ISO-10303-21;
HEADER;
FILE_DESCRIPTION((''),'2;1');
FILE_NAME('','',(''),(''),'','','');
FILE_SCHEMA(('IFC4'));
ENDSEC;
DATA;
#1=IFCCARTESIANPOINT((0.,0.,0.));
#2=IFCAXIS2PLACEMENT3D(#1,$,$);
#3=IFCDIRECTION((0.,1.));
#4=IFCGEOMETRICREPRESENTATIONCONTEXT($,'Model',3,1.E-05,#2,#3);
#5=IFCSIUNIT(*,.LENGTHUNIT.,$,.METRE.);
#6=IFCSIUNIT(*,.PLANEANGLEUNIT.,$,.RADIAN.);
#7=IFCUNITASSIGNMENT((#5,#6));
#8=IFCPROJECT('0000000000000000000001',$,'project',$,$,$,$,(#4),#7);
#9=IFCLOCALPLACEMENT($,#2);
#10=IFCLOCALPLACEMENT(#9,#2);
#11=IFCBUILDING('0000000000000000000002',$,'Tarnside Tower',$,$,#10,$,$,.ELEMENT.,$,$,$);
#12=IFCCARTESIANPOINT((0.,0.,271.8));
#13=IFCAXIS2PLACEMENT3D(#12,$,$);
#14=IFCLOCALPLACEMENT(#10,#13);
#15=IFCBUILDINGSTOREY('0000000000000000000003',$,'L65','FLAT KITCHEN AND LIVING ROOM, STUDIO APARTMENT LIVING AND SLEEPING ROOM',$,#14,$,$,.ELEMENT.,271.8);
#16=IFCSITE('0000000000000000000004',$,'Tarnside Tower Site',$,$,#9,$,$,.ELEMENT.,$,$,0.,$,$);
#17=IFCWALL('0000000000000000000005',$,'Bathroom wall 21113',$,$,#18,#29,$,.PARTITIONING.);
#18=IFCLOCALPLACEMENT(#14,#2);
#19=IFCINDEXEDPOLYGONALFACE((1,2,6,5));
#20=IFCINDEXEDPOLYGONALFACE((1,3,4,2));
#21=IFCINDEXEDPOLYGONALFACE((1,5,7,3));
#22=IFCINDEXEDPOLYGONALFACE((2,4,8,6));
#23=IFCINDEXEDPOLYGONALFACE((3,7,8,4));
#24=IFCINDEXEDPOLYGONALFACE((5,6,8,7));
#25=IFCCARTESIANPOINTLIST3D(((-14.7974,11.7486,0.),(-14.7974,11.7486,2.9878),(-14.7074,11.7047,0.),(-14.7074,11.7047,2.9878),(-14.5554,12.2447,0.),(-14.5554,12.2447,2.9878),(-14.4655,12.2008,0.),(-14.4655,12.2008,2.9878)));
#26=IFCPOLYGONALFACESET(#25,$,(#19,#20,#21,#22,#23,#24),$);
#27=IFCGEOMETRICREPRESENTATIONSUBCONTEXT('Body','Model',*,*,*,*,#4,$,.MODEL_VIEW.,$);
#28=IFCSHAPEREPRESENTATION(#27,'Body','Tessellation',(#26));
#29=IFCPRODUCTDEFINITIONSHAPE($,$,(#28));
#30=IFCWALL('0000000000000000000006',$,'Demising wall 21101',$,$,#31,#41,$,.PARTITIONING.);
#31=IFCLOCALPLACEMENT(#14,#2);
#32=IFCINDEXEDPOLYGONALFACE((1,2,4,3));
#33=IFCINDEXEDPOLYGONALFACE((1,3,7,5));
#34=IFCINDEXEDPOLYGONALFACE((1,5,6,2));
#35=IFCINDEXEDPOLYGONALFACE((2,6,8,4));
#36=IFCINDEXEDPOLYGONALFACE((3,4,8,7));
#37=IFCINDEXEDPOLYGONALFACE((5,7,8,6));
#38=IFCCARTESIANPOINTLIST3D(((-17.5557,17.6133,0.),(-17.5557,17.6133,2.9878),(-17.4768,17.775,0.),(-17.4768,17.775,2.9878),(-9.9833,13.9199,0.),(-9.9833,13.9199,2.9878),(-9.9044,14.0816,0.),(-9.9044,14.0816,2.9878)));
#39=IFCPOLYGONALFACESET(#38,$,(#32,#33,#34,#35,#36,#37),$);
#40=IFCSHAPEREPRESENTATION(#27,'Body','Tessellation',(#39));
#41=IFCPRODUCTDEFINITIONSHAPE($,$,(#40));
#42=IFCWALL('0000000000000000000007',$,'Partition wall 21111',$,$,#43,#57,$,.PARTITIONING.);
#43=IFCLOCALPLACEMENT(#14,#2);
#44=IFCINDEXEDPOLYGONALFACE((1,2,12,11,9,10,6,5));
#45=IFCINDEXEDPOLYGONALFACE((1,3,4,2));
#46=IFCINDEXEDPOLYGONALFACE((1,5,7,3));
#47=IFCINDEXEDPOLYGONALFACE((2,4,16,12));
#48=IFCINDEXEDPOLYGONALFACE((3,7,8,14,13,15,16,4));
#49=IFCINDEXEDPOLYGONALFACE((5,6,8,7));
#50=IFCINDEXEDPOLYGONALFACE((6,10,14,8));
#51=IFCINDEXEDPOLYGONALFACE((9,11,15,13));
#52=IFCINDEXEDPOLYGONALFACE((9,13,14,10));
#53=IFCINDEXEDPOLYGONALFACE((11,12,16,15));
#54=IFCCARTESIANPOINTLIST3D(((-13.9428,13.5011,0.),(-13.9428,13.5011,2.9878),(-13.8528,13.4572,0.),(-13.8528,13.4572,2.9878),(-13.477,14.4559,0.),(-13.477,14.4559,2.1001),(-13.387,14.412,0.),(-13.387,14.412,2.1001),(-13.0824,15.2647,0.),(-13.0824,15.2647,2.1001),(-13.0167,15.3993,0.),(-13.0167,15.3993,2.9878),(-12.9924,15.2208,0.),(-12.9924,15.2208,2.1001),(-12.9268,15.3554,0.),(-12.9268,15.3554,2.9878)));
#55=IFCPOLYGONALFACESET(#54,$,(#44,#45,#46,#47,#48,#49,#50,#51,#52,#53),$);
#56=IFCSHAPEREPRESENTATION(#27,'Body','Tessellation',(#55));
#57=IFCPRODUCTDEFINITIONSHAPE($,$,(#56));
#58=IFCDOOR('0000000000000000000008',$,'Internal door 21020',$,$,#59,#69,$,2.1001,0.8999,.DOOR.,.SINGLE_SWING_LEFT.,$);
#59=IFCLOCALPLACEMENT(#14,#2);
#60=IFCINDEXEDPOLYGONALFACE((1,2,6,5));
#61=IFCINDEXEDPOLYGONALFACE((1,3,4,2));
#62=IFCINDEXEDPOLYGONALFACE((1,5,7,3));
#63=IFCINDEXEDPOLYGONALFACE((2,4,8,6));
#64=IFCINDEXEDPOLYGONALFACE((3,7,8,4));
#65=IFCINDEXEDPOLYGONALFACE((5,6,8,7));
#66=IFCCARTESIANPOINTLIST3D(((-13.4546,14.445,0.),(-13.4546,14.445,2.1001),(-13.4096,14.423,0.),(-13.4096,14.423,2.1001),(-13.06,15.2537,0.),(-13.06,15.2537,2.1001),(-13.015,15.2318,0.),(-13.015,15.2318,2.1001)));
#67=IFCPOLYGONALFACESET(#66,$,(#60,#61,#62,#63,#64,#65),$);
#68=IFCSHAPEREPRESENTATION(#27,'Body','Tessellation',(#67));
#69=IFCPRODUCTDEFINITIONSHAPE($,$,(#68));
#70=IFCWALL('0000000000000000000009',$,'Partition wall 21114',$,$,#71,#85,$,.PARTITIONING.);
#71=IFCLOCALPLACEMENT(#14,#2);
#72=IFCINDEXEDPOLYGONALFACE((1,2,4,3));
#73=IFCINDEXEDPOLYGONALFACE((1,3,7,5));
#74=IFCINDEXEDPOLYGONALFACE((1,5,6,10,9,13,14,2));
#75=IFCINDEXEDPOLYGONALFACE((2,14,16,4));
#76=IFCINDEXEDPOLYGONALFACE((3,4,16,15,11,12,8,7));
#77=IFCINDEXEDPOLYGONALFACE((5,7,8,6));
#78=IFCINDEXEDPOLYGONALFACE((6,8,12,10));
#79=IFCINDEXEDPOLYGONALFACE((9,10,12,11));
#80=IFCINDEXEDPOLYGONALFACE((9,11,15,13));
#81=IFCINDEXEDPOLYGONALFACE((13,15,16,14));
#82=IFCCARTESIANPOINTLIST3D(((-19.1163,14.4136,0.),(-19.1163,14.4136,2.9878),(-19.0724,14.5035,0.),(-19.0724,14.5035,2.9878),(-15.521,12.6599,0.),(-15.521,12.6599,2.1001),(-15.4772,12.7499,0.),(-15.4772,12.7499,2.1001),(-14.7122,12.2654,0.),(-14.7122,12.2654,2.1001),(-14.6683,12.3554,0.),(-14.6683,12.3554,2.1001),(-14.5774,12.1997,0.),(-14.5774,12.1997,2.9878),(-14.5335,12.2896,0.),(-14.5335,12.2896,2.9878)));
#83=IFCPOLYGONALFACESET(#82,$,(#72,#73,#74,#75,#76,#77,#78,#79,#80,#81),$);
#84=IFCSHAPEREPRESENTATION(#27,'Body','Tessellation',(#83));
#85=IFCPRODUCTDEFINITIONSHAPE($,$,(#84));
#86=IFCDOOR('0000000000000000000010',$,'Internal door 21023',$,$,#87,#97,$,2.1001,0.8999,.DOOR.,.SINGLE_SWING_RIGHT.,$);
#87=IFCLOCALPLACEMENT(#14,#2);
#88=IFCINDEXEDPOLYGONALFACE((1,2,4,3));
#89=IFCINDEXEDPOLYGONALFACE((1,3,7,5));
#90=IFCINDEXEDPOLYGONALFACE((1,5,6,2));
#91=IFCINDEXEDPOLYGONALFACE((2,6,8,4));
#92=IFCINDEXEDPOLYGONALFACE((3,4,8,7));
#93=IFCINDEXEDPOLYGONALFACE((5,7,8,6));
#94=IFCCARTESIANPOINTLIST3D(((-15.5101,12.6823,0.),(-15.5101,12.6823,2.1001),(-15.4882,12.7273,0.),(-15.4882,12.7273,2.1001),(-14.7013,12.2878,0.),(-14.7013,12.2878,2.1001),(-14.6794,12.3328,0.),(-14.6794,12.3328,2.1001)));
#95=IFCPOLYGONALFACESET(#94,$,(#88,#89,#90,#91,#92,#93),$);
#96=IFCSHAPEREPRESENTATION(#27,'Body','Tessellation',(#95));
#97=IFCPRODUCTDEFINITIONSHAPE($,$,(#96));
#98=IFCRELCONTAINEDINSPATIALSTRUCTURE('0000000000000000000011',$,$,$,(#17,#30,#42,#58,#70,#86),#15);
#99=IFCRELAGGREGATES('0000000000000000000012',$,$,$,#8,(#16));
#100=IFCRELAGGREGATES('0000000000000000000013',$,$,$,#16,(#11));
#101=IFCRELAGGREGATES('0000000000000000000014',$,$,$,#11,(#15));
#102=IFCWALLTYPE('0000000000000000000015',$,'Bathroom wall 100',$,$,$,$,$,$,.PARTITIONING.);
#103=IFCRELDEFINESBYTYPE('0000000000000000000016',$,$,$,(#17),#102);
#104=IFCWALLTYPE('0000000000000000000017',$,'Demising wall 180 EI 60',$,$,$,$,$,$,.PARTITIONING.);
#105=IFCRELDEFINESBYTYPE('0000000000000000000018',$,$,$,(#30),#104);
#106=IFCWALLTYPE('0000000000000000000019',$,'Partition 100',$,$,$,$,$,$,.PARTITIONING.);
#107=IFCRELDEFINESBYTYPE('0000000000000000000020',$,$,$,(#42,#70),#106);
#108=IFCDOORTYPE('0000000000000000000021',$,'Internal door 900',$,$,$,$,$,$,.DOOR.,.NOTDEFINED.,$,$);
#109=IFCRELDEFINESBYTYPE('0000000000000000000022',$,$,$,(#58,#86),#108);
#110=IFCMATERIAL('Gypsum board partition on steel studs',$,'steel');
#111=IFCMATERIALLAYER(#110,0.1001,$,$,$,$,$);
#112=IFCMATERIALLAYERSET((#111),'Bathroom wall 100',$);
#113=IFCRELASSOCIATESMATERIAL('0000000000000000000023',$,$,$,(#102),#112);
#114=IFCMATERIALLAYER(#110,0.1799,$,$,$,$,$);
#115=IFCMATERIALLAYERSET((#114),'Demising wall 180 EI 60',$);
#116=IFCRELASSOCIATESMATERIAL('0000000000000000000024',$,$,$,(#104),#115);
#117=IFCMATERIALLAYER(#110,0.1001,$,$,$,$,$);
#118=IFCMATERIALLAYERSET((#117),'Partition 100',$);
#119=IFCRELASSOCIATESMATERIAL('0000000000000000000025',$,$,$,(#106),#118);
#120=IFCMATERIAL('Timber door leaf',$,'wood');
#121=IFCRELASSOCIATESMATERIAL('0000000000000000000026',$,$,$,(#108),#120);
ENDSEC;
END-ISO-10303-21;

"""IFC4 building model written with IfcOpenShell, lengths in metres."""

from ifc_helpers import new_model, si_unit, direction, frame, frame_2d, origin, place, context, subcontext, project, spatial, rectangle, extrude, material, layer, layer_set, type_object, element, fill, save


model = new_model("IFC4")

# Units and contexts
model_context = context("Model", 3, precision=1e-05, world=origin(), true_north=direction((0.0, 1.0)))
body_context = subcontext(model_context, "Body", "Model", "MODEL_VIEW")
ifc_project = project(units=[si_unit("LENGTHUNIT", "METRE"), si_unit("PLANEANGLEUNIT", "RADIAN")], contexts=[model_context])

# Site, building, storey
site_placement = place(None, origin())
site = spatial("IfcSite", under=ifc_project, at=site_placement, Name="Tarnside Tower Site", CompositionType="ELEMENT", RefElevation=0.0)
building_placement = place(site_placement, origin())
building = spatial("IfcBuilding", under=site, at=building_placement, Name="Tarnside Tower", CompositionType="ELEMENT")
storey_placement = place(building_placement, frame((0.0, 0.0, 271.8)))
storey = spatial("IfcBuildingStorey", under=building, at=storey_placement, Name="L65", Description="FLAT KITCHEN AND LIVING ROOM, STUDIO APARTMENT LIVING AND SLEEPING ROOM", CompositionType="ELEMENT", Elevation=271.8)

# Shared definitions
ifc_material_1 = material(Name="Gypsum board partition on steel studs", Category="steel")
ifc_layer_1 = layer(ifc_material_1, 0.1001)
ifc_layer_set_1 = layer_set([ifc_layer_1], Name="Bathroom wall 100")
wall_type_1 = type_object("IfcWallType", Name="Bathroom wall 100", PredefinedType="PARTITIONING", material=ifc_layer_set_1)
ifc_material_2 = material(Name="Timber door leaf", Category="wood")

# Walls
wall_1_placement = place(storey_placement, frame((-14.5105, 12.2227, 0.0), z_axis=(0.0, 0.0, 1.0), x_axis=(-0.438345, -0.898807, 0.0)))
element("IfcWall", 1, at=wall_1_placement, inside=storey, type_object=wall_type_1, Name="Bathroom wall 21113", PredefinedType="PARTITIONING", context=body_context, shape_type="SweptSolid", body=[
    extrude(rectangle(XDim=0.552, YDim=0.1001, at=frame_2d((0.2759, 0.0))), origin(), (0.0, 0.0, 1.0), 2.9878),
])
ifc_layer_2 = layer(ifc_material_1, 0.1799)
ifc_layer_set_2 = layer_set([ifc_layer_2], Name="Demising wall 180 EI 60")
wall_type_2 = type_object("IfcWallType", Name="Demising wall 180 EI 60", PredefinedType="PARTITIONING", material=ifc_layer_set_2)
wall_2_placement = place(storey_placement, frame((-17.5161, 17.6941, 0.0), z_axis=(0.0, 0.0, 1.0), x_axis=(0.898788, -0.438383, 0.0)))
element("IfcWall", 2, at=wall_2_placement, inside=storey, type_object=wall_type_2, Name="Demising wall 21101", PredefinedType="PARTITIONING", context=body_context, shape_type="SweptSolid", body=[
    extrude(rectangle(XDim=8.425, YDim=0.1799, at=frame_2d((4.2124, 0.0))), origin(), (0.0, 0.0, 1.0), 2.9878),
])

# Walls, openings, doors
ifc_layer_3 = layer(ifc_material_1, 0.1001)
ifc_layer_set_3 = layer_set([ifc_layer_3], Name="Partition 100")
wall_type_3 = type_object("IfcWallType", Name="Partition 100", PredefinedType="PARTITIONING", material=ifc_layer_set_3)
wall_3_placement = place(storey_placement, frame((-12.9717, 15.3774, 0.0), z_axis=(0.0, 0.0, 1.0), x_axis=(-0.438453, -0.898754, 0.0)))
wall_3 = element("IfcWall", 3, at=wall_3_placement, inside=storey, type_object=wall_type_3, Name="Partition wall 21111", PredefinedType="PARTITIONING", context=body_context, shape_type="SweptSolid", body=[
    extrude(rectangle(XDim=2.1121, YDim=0.1001, at=frame_2d((1.0562, 0.0))), origin(), (0.0, 0.0, 1.0), 2.9878),
])
opening_1_placement = place(wall_3_placement, frame((0.1499, 0.0, 0.0)))
opening_1 = element("IfcOpeningElement", 4, at=opening_1_placement, cuts=wall_3, PredefinedType="OPENING", context=body_context, shape_type="SweptSolid", body=[
    extrude(rectangle(XDim=0.8999, YDim=2.1001, at=frame_2d((0.45, 1.05))), frame((0.0, 0.0601, 0.0), z_axis=(0.0, -1.0, 0.0), x_axis=(1.0, 0.0, 0.0)), (0.0, 0.0, 1.0), 0.1201),
])
door_type_1 = type_object("IfcDoorType", Name="Internal door 900", OperationType="NOTDEFINED", PredefinedType="DOOR", material=ifc_material_2)
door_1_placement = place(opening_1_placement, origin())
door_1 = element("IfcDoor", 5, at=door_1_placement, inside=storey, type_object=door_type_1, Name="Internal door 21020", OperationType="SINGLE_SWING_LEFT", OverallHeight=2.1001, OverallWidth=0.8999, PredefinedType="DOOR", context=body_context, shape_type="SweptSolid", body=[
    extrude(rectangle(XDim=0.8999, YDim=2.1001, at=frame_2d((0.45, 1.05))), frame((0.0, 0.0249, 0.0), z_axis=(0.0, -1.0, 0.0), x_axis=(1.0, 0.0, 0.0)), (0.0, 0.0, 1.0), 0.05),
])
fill(opening_1, door_1)
wall_4_placement = place(storey_placement, frame((-19.0942, 14.4585, 0.0), z_axis=(0.0, 0.0, 1.0), x_axis=(0.898783, -0.438393, 0.0)))
wall_4 = element("IfcWall", 6, at=wall_4_placement, inside=storey, type_object=wall_type_3, Name="Partition wall 21114", PredefinedType="PARTITIONING", context=body_context, shape_type="SweptSolid", body=[
    extrude(rectangle(XDim=5.05, YDim=0.1001, at=frame_2d((2.5249, 0.0))), origin(), (0.0, 0.0, 1.0), 2.9878),
])
opening_2_placement = place(wall_4_placement, frame((4.0, 0.0, 0.0)))
opening_2 = element("IfcOpeningElement", 7, at=opening_2_placement, cuts=wall_4, PredefinedType="OPENING", context=body_context, shape_type="SweptSolid", body=[
    extrude(rectangle(XDim=0.8999, YDim=2.1001, at=frame_2d((0.45, 1.05))), frame((0.0, 0.0601, 0.0), z_axis=(0.0, -1.0, 0.0), x_axis=(1.0, 0.0, 0.0)), (0.0, 0.0, 1.0), 0.1201),
])
door_2_placement = place(opening_2_placement, origin())
door_2 = element("IfcDoor", 8, at=door_2_placement, inside=storey, type_object=door_type_1, Name="Internal door 21023", OperationType="SINGLE_SWING_RIGHT", OverallHeight=2.1001, OverallWidth=0.8999, PredefinedType="DOOR", context=body_context, shape_type="SweptSolid", body=[
    extrude(rectangle(XDim=0.8999, YDim=2.1001, at=frame_2d((0.45, 1.05))), frame((0.0, 0.0249, 0.0), z_axis=(0.0, -1.0, 0.0), x_axis=(1.0, 0.0, 0.0)), (0.0, 0.0, 1.0), 0.05),
])
fill(opening_2, door_2)

save(model, "model.ifc")
